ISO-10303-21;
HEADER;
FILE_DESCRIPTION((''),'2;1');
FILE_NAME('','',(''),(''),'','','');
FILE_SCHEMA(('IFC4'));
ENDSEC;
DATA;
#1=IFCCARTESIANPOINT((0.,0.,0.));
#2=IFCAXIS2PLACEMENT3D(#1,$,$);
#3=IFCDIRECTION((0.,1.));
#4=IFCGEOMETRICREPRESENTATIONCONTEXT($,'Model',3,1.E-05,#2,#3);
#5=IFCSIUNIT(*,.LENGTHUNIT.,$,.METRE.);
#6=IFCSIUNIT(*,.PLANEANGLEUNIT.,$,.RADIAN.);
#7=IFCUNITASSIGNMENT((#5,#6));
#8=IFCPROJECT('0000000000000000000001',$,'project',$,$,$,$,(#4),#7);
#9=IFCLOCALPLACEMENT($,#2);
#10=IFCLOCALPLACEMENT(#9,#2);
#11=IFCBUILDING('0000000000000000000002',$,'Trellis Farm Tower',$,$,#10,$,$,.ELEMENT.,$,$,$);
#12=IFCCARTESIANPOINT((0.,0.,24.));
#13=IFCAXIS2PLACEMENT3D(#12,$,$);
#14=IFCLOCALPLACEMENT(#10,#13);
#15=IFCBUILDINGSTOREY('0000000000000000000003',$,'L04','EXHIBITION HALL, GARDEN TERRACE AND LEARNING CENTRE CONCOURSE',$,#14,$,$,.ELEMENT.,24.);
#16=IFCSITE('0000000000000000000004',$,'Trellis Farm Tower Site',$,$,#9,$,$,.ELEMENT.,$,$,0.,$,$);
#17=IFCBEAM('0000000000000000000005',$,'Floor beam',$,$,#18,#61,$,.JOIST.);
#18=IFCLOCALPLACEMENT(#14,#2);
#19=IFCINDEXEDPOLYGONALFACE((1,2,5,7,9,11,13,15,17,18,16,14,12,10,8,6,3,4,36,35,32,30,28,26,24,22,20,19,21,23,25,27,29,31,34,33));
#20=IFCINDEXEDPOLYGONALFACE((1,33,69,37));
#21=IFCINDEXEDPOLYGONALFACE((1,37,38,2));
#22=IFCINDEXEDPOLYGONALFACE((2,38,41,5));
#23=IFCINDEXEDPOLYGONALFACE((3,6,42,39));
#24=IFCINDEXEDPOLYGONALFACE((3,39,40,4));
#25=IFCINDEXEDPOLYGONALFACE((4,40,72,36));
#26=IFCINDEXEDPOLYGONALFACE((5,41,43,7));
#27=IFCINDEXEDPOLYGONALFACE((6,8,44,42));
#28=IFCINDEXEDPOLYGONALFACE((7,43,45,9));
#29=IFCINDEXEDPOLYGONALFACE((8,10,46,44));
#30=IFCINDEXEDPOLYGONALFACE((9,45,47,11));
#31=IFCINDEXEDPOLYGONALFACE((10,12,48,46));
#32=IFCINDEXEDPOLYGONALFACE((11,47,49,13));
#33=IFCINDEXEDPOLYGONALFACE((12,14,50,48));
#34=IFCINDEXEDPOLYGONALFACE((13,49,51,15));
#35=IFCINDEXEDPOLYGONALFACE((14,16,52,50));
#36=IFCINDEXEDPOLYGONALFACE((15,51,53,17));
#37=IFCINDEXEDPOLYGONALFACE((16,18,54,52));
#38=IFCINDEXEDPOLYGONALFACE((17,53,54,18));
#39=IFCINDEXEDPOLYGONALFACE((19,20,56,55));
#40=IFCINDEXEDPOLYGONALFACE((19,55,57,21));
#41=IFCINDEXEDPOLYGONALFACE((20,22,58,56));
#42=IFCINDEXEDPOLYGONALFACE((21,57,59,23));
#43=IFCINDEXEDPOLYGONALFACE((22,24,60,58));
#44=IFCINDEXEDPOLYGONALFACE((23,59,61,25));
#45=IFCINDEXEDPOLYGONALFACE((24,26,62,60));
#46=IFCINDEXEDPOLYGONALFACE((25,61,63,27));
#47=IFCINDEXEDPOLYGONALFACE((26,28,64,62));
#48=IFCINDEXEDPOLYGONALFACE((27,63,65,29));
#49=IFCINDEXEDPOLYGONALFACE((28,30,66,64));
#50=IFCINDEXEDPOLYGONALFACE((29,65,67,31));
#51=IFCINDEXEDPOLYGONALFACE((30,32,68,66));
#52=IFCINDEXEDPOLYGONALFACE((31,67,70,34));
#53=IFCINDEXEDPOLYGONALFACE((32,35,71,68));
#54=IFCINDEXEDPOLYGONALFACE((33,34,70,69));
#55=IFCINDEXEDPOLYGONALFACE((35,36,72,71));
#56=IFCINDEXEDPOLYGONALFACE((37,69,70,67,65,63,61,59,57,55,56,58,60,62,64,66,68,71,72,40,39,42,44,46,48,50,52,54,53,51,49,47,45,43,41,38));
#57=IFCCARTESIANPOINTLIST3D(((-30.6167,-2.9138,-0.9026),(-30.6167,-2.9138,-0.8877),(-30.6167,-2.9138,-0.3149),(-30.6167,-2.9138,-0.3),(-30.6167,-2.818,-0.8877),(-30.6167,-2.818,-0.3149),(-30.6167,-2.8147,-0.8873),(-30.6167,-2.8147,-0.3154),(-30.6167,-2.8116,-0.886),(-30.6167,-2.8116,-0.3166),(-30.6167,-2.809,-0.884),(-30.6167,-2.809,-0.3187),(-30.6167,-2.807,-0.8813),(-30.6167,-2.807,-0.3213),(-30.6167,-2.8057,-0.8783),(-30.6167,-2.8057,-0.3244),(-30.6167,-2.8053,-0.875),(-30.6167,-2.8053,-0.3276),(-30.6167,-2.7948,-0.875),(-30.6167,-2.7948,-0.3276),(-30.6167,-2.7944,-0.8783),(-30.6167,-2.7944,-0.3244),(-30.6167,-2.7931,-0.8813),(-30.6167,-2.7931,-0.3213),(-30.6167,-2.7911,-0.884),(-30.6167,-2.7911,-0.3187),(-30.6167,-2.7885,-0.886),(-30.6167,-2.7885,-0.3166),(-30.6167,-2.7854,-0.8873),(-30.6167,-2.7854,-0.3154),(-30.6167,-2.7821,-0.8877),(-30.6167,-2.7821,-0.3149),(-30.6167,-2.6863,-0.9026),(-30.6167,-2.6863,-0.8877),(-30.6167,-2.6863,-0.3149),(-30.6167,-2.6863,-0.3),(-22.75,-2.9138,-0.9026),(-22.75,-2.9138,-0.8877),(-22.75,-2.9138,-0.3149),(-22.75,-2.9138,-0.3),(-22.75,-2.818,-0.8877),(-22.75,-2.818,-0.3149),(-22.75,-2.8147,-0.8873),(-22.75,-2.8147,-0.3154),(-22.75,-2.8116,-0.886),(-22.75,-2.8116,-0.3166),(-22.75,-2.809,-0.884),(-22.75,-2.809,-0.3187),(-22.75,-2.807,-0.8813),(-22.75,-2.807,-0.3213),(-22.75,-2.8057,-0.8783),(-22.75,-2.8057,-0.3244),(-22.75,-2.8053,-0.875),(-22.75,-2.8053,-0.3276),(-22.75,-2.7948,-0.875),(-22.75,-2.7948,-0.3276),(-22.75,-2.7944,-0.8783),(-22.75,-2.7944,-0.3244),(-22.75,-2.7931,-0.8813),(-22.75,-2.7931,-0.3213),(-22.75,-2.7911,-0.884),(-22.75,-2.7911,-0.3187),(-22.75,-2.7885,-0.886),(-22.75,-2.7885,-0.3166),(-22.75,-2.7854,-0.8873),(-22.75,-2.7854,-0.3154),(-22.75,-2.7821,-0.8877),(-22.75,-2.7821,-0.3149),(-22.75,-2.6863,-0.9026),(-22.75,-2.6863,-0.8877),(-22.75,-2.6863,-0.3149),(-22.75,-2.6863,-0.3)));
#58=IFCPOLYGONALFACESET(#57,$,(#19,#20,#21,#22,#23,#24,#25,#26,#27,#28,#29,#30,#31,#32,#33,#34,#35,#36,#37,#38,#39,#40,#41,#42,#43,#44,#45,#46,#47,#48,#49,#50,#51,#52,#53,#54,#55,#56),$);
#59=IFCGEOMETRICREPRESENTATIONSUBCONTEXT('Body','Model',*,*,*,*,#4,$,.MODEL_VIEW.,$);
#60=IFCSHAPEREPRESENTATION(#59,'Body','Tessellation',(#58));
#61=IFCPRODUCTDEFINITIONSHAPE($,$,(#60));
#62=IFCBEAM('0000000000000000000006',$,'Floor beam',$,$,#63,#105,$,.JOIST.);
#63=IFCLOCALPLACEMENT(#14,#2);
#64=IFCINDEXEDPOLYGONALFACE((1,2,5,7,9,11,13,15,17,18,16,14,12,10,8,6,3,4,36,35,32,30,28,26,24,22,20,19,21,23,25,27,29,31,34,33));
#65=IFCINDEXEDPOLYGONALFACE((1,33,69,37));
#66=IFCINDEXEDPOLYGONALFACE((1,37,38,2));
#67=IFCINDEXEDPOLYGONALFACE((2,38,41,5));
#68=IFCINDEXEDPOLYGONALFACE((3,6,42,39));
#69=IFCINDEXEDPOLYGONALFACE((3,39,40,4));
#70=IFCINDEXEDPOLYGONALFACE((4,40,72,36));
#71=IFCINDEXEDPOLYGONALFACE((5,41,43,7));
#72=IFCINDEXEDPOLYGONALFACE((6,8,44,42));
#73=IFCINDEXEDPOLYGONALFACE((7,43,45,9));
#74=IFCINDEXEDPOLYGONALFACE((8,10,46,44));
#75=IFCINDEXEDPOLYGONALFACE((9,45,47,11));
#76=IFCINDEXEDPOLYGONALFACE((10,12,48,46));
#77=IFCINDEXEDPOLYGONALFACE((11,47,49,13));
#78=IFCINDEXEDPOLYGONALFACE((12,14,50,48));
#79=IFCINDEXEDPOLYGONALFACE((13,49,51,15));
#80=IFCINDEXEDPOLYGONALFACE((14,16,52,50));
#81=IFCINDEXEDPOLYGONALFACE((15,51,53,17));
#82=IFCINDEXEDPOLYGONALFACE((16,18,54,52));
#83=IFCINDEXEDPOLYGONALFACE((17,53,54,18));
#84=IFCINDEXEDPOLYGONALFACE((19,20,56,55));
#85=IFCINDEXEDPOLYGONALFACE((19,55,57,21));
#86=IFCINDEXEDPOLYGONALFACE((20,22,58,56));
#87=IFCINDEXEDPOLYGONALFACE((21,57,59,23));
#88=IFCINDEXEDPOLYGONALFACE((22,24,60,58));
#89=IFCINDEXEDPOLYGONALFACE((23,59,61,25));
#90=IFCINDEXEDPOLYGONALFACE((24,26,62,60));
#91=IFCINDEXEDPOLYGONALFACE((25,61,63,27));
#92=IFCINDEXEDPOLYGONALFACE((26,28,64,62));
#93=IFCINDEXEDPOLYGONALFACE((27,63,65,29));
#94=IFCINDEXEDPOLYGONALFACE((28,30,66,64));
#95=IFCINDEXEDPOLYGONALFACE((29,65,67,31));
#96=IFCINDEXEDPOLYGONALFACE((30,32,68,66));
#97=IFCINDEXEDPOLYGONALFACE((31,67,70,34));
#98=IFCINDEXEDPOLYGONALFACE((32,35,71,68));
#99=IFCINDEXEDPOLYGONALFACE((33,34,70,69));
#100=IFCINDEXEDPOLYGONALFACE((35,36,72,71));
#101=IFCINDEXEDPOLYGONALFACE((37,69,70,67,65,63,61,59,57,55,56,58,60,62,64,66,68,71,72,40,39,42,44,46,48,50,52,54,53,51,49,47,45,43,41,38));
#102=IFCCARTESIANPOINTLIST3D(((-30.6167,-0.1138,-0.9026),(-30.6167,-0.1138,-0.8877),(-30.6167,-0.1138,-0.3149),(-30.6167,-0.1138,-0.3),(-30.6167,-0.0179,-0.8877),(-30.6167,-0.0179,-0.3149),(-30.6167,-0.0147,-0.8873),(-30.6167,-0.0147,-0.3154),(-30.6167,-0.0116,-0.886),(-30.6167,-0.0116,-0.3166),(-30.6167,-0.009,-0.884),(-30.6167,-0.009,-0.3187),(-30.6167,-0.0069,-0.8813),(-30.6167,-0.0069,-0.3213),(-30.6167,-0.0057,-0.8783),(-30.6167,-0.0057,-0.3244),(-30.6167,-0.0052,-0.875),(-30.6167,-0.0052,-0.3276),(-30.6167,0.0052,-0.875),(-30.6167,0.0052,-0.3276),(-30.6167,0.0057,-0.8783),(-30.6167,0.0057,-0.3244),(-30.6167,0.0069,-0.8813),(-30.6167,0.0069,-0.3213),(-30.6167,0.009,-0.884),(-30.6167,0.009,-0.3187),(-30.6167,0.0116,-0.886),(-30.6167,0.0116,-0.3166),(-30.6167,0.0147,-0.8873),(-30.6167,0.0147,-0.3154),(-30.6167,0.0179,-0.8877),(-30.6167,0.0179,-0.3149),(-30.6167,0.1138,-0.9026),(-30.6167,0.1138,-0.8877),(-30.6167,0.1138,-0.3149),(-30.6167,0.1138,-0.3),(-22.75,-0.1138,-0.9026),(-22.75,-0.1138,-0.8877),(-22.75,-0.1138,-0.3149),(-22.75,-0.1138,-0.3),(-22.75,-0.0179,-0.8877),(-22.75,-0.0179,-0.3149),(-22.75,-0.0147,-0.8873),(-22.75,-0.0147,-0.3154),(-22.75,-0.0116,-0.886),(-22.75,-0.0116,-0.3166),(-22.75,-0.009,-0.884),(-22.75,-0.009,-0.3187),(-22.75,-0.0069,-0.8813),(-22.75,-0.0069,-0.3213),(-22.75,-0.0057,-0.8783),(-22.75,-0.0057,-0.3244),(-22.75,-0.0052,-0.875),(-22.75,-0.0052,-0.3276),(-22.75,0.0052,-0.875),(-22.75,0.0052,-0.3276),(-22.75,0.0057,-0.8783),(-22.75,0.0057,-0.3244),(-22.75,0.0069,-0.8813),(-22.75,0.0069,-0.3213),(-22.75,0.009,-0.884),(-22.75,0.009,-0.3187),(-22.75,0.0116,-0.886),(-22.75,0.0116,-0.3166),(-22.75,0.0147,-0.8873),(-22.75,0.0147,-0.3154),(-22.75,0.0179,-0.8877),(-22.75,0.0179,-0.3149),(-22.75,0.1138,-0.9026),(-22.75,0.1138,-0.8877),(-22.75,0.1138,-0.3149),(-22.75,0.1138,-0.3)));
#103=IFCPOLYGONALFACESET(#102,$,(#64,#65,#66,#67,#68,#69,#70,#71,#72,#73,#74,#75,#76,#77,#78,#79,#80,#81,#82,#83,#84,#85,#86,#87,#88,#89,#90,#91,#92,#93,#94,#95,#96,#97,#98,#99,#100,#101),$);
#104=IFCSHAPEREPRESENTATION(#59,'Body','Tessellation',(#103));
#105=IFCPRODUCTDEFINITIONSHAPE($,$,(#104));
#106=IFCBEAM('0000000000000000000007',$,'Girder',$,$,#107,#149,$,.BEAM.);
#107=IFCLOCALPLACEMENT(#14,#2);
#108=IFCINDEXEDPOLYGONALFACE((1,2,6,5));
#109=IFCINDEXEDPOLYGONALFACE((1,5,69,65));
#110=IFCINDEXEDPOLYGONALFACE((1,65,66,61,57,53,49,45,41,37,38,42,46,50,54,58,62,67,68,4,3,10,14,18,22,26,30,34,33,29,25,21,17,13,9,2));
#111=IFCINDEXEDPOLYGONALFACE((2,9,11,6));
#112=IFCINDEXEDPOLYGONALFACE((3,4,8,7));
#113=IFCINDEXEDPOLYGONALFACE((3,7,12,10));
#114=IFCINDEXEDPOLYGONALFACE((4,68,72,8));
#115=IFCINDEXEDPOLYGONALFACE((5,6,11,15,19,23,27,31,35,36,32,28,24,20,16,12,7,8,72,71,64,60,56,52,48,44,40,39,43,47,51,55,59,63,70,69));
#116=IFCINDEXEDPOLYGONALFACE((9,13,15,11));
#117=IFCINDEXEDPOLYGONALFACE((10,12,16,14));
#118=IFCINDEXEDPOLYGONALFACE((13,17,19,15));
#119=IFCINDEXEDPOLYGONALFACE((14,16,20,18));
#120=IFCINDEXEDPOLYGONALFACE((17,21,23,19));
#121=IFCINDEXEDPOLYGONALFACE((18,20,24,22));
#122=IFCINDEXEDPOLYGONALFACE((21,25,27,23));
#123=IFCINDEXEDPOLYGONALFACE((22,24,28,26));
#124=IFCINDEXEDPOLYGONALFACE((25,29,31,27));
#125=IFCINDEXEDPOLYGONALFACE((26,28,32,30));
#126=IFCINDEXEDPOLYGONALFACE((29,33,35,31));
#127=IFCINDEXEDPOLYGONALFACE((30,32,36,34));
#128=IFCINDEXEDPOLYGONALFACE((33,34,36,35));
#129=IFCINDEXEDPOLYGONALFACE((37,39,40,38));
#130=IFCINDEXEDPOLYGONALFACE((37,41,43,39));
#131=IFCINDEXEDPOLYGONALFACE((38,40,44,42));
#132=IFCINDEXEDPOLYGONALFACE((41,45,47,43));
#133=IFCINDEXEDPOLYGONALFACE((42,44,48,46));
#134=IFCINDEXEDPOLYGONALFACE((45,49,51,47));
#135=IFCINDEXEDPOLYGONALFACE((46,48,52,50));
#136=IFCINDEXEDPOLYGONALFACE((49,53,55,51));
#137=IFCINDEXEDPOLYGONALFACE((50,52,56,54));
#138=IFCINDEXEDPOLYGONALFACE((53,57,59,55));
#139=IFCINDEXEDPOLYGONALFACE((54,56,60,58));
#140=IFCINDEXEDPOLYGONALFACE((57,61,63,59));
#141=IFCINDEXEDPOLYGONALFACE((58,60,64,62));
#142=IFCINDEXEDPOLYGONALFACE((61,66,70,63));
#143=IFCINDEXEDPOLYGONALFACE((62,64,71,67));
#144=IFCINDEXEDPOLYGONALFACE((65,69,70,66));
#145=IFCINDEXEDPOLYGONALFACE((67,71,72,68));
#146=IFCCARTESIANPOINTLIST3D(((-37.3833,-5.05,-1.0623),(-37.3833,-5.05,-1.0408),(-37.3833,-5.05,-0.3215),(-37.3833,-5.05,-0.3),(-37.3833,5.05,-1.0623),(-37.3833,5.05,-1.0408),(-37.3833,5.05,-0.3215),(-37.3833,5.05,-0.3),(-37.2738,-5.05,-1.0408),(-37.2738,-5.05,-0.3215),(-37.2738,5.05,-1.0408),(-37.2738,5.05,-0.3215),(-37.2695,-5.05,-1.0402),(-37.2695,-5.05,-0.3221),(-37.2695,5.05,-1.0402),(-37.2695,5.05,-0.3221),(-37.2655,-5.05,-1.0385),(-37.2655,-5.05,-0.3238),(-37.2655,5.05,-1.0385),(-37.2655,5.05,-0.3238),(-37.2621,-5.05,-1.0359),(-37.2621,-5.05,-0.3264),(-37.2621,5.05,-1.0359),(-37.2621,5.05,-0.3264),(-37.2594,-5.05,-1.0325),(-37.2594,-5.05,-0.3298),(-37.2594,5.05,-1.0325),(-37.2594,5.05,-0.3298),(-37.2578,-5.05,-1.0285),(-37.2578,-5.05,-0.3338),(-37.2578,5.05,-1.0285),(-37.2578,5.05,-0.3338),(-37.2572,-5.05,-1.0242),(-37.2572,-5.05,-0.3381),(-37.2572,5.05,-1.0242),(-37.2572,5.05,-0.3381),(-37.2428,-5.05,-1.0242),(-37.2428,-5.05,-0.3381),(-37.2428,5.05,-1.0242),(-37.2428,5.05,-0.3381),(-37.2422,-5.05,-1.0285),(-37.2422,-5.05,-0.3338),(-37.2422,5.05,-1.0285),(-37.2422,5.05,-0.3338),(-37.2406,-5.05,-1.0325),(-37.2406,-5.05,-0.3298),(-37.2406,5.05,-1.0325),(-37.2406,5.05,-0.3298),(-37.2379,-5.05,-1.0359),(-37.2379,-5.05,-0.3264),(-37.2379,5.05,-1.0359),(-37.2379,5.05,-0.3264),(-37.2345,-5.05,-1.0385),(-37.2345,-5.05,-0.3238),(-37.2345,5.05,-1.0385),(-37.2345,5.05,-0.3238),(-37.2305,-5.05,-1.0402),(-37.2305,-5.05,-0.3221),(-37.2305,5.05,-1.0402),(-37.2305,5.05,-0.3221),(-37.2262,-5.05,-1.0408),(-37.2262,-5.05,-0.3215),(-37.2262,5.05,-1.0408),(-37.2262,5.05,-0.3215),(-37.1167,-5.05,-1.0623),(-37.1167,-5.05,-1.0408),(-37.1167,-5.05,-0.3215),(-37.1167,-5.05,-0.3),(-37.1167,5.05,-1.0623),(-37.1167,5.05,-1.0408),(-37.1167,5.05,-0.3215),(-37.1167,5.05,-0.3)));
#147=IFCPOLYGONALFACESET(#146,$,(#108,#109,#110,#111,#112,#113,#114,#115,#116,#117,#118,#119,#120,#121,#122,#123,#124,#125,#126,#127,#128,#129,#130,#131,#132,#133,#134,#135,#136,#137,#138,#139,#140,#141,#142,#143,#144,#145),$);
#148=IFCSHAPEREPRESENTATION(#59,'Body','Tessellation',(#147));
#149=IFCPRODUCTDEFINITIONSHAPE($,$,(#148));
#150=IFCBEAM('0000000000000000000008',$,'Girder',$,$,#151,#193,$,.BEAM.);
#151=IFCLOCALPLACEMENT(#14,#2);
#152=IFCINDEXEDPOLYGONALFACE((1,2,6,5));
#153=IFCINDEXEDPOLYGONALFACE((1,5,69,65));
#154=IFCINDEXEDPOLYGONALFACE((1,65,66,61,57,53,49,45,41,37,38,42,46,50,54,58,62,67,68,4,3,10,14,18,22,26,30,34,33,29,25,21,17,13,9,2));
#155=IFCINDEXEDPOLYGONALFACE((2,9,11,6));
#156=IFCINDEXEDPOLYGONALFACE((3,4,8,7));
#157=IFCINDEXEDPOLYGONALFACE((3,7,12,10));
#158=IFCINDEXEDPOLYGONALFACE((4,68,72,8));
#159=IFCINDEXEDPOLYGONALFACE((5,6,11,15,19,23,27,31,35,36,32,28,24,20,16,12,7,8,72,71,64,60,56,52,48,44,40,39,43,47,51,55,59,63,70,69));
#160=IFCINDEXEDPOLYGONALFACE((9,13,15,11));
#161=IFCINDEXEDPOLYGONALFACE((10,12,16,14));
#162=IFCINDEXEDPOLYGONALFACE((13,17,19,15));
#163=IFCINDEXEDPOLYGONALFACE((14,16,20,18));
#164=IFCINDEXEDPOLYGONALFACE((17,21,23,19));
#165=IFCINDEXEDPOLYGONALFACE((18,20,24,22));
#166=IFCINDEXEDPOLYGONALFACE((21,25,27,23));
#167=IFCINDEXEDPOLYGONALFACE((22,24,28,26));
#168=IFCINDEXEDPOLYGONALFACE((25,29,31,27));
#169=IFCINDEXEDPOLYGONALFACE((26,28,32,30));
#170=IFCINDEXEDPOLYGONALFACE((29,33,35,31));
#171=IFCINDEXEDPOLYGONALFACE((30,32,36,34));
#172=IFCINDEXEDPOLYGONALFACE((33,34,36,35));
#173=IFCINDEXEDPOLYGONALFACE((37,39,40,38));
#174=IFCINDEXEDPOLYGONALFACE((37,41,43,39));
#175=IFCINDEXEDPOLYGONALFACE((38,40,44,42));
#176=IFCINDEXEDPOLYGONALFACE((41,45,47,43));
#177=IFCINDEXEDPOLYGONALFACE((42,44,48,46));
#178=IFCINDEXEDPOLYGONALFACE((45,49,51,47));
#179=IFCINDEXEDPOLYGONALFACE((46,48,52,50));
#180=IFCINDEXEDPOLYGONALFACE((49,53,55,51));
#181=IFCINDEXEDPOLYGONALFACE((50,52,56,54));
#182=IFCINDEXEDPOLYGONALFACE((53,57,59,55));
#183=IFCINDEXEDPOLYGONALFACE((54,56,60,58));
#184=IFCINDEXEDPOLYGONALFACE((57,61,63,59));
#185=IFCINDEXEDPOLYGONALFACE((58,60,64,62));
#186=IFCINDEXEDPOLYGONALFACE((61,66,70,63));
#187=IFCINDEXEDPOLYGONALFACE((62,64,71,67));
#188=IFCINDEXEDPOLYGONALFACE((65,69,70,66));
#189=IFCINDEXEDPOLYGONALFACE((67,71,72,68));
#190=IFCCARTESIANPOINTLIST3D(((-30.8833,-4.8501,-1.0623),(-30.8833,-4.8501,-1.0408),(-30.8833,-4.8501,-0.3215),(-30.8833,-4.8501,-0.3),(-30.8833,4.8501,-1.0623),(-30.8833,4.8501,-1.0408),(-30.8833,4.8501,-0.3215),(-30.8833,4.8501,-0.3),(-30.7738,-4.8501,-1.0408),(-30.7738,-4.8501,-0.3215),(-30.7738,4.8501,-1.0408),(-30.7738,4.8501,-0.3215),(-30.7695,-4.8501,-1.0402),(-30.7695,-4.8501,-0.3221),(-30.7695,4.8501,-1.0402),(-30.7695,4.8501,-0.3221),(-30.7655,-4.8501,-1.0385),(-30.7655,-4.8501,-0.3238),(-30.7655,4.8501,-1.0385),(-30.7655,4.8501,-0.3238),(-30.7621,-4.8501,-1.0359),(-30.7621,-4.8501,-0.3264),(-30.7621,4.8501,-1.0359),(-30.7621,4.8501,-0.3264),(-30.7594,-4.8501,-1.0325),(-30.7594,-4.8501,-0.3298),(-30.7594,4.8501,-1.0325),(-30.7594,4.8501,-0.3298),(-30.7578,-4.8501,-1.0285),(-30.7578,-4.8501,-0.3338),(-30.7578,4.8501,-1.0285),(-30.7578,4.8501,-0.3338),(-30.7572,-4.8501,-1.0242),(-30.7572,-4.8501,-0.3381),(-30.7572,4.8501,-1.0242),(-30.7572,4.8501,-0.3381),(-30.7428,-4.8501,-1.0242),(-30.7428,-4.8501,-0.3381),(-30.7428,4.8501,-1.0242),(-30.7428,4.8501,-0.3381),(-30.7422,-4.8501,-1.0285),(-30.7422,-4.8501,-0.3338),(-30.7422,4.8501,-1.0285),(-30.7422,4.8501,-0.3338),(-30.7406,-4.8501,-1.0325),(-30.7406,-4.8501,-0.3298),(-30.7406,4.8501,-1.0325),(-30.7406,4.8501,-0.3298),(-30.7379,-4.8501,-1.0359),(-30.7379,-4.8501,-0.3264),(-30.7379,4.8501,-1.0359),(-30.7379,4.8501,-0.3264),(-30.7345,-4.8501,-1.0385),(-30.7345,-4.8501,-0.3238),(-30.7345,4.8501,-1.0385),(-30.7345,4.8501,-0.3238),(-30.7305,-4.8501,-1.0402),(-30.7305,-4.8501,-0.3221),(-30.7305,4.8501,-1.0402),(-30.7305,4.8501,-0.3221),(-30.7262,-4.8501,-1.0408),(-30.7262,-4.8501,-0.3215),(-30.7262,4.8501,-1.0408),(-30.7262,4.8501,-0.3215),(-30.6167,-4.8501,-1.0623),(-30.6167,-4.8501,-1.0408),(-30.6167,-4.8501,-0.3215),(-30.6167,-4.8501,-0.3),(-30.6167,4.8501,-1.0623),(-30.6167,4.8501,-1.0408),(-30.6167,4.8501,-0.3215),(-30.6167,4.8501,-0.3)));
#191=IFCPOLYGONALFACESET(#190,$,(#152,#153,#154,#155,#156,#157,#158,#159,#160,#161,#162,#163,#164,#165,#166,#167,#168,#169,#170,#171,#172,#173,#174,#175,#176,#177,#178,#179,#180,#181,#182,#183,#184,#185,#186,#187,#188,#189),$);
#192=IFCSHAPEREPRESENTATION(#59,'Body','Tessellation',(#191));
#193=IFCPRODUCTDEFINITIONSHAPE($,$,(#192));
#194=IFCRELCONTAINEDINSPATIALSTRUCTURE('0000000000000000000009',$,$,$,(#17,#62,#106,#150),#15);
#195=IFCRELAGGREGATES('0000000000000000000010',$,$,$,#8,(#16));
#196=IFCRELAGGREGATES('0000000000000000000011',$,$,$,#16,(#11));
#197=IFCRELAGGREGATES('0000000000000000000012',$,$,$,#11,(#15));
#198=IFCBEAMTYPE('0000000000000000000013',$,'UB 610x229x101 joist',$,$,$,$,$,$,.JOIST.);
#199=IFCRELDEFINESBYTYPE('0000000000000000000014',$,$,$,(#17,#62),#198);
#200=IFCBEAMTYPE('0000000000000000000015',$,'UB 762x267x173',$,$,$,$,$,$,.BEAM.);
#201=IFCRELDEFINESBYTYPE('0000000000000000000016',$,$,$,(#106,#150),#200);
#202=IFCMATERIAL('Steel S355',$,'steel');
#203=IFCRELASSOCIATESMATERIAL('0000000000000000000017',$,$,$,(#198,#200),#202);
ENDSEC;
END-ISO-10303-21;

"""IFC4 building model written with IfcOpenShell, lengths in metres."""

from ifc_helpers import new_model, si_unit, direction, frame, origin, origin_2d, place, context, subcontext, project, spatial, i_section, extrude, source, transform, mapped, material, material_profile, profile_set, type_object, element, save


model = new_model("IFC4")

# Units and contexts
model_context = context("Model", 3, precision=1e-05, world=origin(), true_north=direction((0.0, 1.0)))
body_context = subcontext(model_context, "Body", "Model", "MODEL_VIEW")
ifc_project = project(units=[si_unit("LENGTHUNIT", "METRE"), si_unit("PLANEANGLEUNIT", "RADIAN")], contexts=[model_context])

# Site, building, storey
site_placement = place(None, origin())
site = spatial("IfcSite", under=ifc_project, at=site_placement, Name="Trellis Farm Tower Site", CompositionType="ELEMENT", RefElevation=0.0)
building_placement = place(site_placement, origin())
building = spatial("IfcBuilding", under=site, at=building_placement, Name="Trellis Farm Tower", CompositionType="ELEMENT")
storey_placement = place(building_placement, frame((0.0, 0.0, 24.0)))
storey = spatial("IfcBuildingStorey", under=building, at=storey_placement, Name="L04", Description="EXHIBITION HALL, GARDEN TERRACE AND LEARNING CENTRE CONCOURSE", CompositionType="ELEMENT", Elevation=24.0)

# Beams
ifc_material_1 = material(Name="Steel S355", Category="steel")
ifc_material_profile_1 = material_profile(ifc_material_1, i_section(OverallWidth=0.2275, OverallDepth=0.6025, WebThickness=0.0105, FlangeThickness=0.0149, FilletRadius=0.0127, at=origin_2d()), Name="UB 610x229x101")
ifc_profile_set_1 = profile_set([ifc_material_profile_1], Name="Steel S355")
beam_type_1 = type_object("IfcBeamType", Name="UB 610x229x101 joist", PredefinedType="JOIST", material=ifc_profile_set_1)
shared_shape_1 = source(origin(), body_context, "Body", "SweptSolid", [
    extrude(i_section(OverallWidth=0.2275, OverallDepth=0.6025, WebThickness=0.0105, FlangeThickness=0.0149, FilletRadius=0.0127, at=origin_2d()), origin(), (0.0, 0.0, 1.0), 7.8667),
])
for number, where, z_axis, x_axis, name in (
    (1, (-30.6167, -2.8, -0.6013), (1.0, 0.0, 0.0), (0.0, 1.0, 0.0), "Floor beam"),
    (2, (-30.6167, 0.0, -0.6013), (1.0, 0.0, 0.0), (0.0, 1.0, 0.0), "Floor beam"),
):
    element("IfcBeam", number, at=place(storey_placement, frame(where, z_axis=z_axis, x_axis=x_axis)), inside=storey, type_object=beam_type_1, Name=name, PredefinedType="JOIST", context=body_context, shape_type="MappedRepresentation", body=[
        mapped(shared_shape_1, transform((0.0, 0.0, 0.0))),
    ])
ifc_material_profile_2 = material_profile(ifc_material_1, i_section(OverallWidth=0.2666, OverallDepth=0.7622, WebThickness=0.0144, FlangeThickness=0.0215, FilletRadius=0.0166, at=origin_2d()), Name="UB 762x267x173")
ifc_profile_set_2 = profile_set([ifc_material_profile_2], Name="Steel S355")
beam_type_2 = type_object("IfcBeamType", Name="UB 762x267x173", PredefinedType="BEAM", material=ifc_profile_set_2)
shared_shape_2 = source(origin(), body_context, "Body", "SweptSolid", [
    extrude(i_section(OverallWidth=0.2666, OverallDepth=0.7622, WebThickness=0.0144, FlangeThickness=0.0215, FilletRadius=0.0166, at=origin_2d()), origin(), (0.0, 0.0, 1.0), 10.1001),
])
beam_1_placement = place(storey_placement, frame((-37.25, -5.05, -0.6812), z_axis=(0.0, 1.0, 0.0), x_axis=(-1.0, 0.0, 0.0)))
element("IfcBeam", 3, at=beam_1_placement, inside=storey, type_object=beam_type_2, Name="Girder", PredefinedType="BEAM", context=body_context, shape_type="MappedRepresentation", body=[
    mapped(shared_shape_2, transform((0.0, 0.0, 0.0))),
])
shared_shape_3 = source(origin(), body_context, "Body", "SweptSolid", [
    extrude(i_section(OverallWidth=0.2666, OverallDepth=0.7622, WebThickness=0.0144, FlangeThickness=0.0215, FilletRadius=0.0166, at=origin_2d()), origin(), (0.0, 0.0, 1.0), 9.7002),
])
beam_2_placement = place(storey_placement, frame((-30.75, -4.8501, -0.6812), z_axis=(0.0, 1.0, 0.0), x_axis=(-1.0, 0.0, 0.0)))
element("IfcBeam", 4, at=beam_2_placement, inside=storey, type_object=beam_type_2, Name="Girder", PredefinedType="BEAM", context=body_context, shape_type="MappedRepresentation", body=[
    mapped(shared_shape_3, transform((0.0, 0.0, 0.0))),
])

save(model, "model.ifc")
